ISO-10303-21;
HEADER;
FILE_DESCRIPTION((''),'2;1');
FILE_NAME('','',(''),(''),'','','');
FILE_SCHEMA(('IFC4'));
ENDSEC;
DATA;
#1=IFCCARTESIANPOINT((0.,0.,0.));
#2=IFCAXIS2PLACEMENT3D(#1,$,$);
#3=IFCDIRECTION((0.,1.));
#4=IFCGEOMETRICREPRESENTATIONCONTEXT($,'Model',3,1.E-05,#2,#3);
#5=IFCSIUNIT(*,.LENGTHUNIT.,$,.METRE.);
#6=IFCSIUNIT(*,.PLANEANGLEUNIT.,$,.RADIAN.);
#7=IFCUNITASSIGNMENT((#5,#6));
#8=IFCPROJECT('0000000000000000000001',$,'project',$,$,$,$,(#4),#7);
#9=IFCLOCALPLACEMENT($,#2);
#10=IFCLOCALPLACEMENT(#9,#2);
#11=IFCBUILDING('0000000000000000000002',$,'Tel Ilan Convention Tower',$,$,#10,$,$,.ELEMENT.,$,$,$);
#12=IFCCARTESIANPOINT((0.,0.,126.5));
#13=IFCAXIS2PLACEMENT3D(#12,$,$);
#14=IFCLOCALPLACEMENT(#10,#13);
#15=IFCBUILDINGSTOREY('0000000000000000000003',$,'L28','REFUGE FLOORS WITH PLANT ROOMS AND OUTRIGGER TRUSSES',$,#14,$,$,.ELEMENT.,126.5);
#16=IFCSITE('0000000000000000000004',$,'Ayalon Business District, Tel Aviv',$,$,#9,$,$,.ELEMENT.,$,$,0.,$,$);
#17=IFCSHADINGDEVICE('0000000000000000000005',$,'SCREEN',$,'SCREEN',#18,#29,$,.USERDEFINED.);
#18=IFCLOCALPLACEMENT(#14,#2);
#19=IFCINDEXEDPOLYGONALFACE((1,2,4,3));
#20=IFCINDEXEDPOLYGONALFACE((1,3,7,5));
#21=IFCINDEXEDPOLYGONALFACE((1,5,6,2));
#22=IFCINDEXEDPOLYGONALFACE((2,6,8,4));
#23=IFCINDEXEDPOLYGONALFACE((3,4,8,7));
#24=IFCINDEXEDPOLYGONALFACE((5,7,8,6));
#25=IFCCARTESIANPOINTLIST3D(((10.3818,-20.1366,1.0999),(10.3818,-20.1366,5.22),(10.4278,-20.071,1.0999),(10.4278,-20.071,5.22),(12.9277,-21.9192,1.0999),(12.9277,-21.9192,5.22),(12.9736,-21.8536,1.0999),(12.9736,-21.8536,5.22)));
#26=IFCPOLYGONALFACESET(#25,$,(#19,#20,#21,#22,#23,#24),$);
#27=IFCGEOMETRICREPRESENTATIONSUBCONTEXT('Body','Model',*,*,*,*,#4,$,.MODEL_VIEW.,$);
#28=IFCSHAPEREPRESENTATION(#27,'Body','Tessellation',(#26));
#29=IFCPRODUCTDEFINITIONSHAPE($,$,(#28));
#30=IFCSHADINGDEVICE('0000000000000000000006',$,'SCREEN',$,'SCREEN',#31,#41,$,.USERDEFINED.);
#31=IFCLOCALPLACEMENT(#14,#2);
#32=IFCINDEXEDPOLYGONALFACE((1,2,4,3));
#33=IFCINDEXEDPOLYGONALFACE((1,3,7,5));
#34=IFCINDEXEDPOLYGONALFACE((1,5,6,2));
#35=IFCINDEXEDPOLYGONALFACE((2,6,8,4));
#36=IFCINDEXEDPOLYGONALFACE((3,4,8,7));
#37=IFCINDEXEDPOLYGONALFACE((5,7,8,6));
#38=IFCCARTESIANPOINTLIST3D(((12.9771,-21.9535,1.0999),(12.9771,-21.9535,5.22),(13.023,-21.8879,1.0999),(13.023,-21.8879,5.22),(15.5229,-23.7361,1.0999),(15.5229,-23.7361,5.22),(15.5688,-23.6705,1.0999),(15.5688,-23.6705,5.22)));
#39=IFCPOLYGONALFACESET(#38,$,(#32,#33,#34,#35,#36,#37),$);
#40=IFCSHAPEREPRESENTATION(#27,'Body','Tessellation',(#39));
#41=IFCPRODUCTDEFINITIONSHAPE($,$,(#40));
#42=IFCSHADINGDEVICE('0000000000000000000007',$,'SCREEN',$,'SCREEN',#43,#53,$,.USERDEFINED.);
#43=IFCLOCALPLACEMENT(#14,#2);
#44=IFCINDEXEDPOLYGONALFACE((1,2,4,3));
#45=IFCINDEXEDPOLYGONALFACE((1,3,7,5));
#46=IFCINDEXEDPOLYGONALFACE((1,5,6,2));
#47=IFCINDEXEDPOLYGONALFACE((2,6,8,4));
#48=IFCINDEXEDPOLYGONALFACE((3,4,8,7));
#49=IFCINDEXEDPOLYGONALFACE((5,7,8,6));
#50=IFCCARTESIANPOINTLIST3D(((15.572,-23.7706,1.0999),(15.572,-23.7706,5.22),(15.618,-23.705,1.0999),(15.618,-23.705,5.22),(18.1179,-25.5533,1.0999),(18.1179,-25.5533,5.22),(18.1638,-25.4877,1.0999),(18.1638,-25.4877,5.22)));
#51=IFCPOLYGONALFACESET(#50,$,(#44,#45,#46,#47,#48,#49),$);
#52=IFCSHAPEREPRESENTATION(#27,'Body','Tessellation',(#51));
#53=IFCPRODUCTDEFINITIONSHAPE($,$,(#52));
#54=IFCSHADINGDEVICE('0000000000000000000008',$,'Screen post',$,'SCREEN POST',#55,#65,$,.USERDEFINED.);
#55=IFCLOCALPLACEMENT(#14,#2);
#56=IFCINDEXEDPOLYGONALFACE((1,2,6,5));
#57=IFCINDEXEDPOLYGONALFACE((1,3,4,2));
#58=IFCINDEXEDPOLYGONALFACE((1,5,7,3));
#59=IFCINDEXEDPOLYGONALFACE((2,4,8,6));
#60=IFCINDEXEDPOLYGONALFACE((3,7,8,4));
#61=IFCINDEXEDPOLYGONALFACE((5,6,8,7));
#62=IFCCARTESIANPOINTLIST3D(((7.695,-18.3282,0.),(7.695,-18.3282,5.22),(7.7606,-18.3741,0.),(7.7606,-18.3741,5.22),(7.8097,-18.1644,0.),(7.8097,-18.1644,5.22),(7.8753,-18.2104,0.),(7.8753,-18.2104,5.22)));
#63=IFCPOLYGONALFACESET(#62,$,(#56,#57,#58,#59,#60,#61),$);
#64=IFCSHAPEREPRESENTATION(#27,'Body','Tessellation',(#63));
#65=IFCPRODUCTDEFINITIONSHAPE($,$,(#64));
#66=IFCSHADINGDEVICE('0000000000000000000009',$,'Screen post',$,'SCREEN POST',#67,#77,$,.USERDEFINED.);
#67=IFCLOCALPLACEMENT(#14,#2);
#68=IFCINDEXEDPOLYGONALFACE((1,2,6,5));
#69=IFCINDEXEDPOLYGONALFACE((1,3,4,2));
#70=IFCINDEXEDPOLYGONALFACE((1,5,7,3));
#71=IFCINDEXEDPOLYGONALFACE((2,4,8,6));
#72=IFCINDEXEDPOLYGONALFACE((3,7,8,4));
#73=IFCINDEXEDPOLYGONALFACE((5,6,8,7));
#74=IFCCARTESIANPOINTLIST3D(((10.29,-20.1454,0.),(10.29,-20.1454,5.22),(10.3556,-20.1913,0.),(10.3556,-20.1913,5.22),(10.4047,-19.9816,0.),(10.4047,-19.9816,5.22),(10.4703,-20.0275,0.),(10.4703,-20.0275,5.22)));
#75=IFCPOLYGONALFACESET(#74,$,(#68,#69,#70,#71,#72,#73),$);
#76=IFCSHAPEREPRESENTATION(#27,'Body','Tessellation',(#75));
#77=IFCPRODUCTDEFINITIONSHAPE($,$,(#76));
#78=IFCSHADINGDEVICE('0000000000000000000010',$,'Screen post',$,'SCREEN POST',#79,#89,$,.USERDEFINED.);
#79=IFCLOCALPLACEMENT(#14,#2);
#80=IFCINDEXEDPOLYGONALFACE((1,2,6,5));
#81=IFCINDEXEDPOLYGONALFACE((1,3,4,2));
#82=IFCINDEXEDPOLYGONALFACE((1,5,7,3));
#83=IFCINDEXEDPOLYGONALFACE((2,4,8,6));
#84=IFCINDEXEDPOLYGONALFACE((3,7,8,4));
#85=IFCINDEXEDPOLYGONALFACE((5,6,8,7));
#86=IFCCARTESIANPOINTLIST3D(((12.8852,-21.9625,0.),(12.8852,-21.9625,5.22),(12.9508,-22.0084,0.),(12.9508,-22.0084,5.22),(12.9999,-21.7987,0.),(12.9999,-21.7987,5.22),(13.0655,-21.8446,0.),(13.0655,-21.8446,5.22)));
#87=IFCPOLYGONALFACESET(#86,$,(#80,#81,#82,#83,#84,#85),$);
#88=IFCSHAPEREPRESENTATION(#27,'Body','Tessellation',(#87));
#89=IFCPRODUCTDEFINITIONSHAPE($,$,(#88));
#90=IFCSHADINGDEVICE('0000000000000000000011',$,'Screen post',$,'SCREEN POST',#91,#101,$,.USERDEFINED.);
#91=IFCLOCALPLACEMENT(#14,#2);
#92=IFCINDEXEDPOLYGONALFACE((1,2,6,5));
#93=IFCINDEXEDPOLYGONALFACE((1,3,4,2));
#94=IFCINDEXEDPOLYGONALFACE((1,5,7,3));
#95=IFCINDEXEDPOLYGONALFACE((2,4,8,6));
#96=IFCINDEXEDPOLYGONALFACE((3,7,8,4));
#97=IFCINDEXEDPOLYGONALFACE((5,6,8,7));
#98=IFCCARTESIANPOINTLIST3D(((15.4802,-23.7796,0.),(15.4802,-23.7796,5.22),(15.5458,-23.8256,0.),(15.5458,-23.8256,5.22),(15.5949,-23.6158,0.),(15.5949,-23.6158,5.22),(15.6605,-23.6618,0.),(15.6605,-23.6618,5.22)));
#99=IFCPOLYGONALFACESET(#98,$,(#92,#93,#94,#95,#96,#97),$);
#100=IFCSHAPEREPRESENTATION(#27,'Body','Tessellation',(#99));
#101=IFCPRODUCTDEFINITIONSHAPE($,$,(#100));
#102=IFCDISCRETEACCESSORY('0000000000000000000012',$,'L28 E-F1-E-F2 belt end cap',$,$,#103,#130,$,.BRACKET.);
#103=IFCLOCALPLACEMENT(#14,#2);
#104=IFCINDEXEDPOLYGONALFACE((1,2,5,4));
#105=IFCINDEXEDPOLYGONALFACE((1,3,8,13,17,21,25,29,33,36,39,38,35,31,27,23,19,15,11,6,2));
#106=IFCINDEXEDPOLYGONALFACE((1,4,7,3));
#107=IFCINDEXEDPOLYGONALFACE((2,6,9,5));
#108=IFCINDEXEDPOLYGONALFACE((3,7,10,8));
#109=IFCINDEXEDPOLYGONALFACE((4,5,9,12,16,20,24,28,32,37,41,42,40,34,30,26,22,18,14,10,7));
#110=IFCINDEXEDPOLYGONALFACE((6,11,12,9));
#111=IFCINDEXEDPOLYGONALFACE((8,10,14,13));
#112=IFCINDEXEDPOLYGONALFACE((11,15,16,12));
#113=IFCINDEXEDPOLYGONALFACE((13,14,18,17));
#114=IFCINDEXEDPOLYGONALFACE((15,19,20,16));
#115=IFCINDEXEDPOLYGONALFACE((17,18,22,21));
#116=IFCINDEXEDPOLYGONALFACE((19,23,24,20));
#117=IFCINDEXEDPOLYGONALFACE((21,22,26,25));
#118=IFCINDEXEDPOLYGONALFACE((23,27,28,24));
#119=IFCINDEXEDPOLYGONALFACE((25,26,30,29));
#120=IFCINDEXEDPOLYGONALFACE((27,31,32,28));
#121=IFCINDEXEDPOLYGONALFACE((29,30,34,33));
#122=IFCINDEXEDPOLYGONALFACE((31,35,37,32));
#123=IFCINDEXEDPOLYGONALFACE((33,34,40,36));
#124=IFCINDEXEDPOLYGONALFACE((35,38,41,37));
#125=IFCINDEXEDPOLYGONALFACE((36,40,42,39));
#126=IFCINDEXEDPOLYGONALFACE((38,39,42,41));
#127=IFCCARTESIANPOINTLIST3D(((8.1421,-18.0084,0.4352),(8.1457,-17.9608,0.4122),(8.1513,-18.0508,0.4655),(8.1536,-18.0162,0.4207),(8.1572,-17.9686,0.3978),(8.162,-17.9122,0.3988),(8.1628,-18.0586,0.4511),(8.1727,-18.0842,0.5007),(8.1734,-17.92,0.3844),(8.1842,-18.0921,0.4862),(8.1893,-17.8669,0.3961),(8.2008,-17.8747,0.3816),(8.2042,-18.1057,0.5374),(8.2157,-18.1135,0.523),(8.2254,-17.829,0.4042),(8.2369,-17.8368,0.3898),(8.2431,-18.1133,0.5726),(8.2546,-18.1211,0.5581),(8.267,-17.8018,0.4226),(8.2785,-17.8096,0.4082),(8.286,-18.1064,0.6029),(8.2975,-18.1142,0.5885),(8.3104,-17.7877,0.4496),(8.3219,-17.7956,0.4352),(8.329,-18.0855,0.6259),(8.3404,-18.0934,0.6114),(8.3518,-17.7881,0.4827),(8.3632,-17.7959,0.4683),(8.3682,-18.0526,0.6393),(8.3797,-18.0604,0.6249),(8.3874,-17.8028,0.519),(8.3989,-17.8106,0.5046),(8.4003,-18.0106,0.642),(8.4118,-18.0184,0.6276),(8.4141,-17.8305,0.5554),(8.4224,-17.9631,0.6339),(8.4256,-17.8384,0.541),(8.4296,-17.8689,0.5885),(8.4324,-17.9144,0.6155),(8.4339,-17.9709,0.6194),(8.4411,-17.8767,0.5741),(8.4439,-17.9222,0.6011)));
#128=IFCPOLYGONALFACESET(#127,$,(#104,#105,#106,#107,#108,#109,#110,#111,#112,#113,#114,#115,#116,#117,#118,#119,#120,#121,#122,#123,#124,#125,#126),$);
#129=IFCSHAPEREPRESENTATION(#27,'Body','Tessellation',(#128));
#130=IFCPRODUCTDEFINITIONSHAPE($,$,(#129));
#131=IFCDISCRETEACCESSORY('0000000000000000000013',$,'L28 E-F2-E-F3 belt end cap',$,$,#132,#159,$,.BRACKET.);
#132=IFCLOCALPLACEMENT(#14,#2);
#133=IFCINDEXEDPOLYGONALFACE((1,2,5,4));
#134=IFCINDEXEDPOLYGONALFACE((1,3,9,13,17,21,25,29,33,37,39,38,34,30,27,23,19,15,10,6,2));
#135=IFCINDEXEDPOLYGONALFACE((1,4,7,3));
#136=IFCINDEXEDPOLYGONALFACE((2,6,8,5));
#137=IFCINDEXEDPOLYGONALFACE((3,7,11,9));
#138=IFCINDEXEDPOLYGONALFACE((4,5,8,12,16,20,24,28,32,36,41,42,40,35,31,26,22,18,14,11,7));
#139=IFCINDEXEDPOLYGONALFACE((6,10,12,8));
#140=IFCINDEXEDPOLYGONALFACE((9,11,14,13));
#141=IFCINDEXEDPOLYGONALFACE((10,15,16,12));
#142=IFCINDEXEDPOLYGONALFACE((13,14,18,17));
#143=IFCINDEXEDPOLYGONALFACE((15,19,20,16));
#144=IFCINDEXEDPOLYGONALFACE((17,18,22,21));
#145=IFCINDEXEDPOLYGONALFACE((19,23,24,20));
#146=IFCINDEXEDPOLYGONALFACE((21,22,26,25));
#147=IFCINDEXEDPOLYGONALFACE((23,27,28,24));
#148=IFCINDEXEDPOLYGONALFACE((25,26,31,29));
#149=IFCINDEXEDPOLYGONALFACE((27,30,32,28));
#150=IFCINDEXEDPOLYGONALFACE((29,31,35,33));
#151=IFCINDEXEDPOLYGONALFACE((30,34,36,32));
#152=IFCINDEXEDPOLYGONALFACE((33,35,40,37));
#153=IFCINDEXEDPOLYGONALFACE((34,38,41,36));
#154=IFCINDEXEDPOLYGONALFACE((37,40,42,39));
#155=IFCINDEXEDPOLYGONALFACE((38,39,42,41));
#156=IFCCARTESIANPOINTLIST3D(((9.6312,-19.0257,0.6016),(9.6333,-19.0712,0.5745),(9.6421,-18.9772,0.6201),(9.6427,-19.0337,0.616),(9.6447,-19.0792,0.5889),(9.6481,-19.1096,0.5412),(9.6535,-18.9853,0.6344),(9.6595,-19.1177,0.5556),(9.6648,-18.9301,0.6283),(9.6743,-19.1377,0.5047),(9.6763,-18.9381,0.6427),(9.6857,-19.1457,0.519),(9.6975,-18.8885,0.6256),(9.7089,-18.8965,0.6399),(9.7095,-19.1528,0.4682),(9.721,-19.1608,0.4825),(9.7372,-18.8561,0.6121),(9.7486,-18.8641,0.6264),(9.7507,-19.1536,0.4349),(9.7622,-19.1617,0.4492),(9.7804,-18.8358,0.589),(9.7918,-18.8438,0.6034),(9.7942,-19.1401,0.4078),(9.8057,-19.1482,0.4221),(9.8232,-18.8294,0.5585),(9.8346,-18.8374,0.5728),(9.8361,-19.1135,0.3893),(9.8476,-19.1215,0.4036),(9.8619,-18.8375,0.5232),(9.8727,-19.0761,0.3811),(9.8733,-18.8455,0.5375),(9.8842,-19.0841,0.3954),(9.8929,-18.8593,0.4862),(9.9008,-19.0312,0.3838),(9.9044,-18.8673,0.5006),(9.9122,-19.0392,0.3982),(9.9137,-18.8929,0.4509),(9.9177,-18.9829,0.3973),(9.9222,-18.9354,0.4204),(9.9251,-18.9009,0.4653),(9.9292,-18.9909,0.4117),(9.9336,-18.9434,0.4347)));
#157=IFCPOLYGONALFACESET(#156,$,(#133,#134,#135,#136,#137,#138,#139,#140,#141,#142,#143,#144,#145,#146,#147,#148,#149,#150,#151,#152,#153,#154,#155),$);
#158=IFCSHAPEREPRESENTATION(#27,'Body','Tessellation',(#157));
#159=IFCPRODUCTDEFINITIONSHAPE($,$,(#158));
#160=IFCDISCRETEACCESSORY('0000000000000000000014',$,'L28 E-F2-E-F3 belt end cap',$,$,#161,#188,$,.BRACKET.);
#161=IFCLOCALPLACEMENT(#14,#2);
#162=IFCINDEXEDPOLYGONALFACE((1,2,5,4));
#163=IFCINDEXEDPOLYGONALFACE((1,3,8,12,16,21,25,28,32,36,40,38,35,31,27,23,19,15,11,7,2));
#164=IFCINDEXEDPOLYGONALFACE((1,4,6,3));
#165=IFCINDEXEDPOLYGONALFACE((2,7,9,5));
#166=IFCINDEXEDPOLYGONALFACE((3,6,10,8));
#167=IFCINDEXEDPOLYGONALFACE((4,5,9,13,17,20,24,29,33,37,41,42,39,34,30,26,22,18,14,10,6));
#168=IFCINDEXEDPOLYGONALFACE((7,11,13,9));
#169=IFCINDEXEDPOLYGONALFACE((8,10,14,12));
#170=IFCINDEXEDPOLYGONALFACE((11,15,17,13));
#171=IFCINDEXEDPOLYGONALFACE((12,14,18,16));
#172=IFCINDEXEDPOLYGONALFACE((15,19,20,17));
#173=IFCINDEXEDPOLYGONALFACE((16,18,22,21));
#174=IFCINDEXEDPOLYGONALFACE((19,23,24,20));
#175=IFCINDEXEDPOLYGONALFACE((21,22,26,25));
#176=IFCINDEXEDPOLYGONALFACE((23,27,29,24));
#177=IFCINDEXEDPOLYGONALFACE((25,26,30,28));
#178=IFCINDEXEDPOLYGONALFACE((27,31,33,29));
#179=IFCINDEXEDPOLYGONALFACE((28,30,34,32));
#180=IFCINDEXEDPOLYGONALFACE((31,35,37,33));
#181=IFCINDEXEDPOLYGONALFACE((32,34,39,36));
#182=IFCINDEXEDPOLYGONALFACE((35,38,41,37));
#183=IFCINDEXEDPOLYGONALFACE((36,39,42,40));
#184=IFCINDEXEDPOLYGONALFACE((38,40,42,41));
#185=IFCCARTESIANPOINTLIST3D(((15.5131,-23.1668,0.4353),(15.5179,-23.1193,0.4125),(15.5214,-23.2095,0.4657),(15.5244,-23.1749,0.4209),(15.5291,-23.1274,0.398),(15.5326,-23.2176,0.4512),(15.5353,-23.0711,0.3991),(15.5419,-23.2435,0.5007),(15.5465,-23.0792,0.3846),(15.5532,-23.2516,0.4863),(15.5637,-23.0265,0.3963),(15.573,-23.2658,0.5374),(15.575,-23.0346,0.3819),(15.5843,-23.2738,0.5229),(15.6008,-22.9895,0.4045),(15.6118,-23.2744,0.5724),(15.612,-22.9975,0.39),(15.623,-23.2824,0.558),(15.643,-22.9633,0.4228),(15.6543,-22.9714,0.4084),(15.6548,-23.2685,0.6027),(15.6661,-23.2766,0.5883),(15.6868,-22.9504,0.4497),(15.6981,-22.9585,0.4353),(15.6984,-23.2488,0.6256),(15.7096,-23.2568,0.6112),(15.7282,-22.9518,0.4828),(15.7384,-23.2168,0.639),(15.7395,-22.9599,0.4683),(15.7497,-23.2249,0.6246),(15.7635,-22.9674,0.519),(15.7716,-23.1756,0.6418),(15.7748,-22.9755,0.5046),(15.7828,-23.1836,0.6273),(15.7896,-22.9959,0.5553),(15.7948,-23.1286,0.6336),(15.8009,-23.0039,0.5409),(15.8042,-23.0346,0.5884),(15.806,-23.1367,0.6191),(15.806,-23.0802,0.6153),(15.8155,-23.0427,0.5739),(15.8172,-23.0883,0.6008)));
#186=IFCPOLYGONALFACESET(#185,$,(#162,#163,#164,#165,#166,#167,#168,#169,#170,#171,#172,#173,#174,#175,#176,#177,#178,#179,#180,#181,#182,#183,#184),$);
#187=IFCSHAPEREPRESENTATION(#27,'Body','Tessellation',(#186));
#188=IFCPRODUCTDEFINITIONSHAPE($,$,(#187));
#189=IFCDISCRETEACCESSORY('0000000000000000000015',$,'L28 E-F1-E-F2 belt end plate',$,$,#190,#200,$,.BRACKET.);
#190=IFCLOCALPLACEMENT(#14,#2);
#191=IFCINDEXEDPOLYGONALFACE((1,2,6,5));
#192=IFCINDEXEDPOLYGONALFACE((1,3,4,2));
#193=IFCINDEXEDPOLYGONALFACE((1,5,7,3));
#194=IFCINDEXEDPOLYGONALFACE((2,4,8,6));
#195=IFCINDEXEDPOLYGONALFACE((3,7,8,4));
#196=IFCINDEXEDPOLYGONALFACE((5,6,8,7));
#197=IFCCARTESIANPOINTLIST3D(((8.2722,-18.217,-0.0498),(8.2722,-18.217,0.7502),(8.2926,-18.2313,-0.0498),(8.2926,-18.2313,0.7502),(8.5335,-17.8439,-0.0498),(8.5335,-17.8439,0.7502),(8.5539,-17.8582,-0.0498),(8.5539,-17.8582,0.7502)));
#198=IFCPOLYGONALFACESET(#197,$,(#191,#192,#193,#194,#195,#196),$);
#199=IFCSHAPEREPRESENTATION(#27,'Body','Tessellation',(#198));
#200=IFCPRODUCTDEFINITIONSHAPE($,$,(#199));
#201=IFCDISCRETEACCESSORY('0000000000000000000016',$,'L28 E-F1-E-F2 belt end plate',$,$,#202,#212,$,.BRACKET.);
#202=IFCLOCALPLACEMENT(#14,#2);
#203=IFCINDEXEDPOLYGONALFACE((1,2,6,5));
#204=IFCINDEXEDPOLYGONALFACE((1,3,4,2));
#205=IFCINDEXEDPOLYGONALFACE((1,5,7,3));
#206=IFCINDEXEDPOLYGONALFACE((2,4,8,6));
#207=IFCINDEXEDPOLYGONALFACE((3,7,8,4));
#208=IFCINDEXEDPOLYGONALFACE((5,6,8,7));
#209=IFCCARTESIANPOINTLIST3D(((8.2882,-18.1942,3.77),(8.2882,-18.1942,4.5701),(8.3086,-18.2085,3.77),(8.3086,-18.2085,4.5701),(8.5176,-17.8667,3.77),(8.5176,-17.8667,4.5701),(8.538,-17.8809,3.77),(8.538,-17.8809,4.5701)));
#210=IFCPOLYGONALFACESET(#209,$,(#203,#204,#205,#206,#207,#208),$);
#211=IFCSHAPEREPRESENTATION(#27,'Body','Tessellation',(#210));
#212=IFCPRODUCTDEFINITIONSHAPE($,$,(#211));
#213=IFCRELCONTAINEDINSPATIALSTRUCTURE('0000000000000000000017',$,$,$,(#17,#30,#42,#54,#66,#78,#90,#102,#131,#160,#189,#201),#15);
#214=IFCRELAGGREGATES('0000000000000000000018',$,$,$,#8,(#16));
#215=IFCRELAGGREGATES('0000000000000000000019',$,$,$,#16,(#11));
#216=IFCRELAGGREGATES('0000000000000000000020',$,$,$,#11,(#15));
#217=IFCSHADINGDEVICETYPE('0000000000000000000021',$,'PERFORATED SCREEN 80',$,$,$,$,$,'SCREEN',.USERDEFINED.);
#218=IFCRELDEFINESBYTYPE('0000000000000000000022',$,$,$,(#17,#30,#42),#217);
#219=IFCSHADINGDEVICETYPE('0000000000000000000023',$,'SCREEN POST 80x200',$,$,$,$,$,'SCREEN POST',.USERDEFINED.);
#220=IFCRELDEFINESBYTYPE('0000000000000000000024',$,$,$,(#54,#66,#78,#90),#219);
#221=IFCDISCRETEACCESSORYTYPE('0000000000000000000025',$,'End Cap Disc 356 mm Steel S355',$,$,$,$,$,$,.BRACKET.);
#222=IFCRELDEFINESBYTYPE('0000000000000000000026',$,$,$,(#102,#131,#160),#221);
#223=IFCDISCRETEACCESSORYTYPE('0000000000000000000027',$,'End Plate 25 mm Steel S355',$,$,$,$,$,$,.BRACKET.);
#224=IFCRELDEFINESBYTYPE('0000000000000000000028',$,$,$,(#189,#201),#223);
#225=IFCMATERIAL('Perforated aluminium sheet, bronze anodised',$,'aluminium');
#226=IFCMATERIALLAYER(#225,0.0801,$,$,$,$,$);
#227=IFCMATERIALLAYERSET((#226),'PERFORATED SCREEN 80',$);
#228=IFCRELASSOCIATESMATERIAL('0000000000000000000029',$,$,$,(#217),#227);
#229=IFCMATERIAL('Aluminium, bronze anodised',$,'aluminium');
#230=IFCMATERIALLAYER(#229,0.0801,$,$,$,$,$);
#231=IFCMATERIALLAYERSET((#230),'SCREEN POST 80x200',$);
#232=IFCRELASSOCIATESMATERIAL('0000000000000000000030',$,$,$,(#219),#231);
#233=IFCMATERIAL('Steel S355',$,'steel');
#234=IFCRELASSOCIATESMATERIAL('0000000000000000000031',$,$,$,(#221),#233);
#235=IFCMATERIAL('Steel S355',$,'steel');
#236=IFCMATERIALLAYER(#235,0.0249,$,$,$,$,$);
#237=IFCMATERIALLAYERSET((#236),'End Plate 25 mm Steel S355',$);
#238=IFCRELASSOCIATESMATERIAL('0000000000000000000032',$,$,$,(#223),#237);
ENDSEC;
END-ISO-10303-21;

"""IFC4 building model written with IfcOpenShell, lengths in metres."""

from ifc_helpers import new_model, si_unit, direction, frame, origin, origin_2d, place, context, subcontext, project, spatial, rectangle, circle, extrude, material, layer, layer_set, material_profile, profile_set, type_object, element, save


model = new_model("IFC4")

# Units and contexts
model_context = context("Model", 3, precision=1e-05, world=origin(), true_north=direction((0.0, 1.0)))
body_context = subcontext(model_context, "Body", "Model", "MODEL_VIEW")
ifc_project = project(units=[si_unit("LENGTHUNIT", "METRE"), si_unit("PLANEANGLEUNIT", "RADIAN")], contexts=[model_context])

# Site, building, storey
site_placement = place(None, origin())
site = spatial("IfcSite", under=ifc_project, at=site_placement, Name="Ayalon Business District, Tel Aviv", CompositionType="ELEMENT", RefElevation=0.0)
building_placement = place(site_placement, origin())
building = spatial("IfcBuilding", under=site, at=building_placement, Name="Tel Ilan Convention Tower", CompositionType="ELEMENT")
storey_placement = place(building_placement, frame((0.0, 0.0, 126.5)))
storey = spatial("IfcBuildingStorey", under=building, at=storey_placement, Name="L28", Description="REFUGE FLOORS WITH PLANT ROOMS AND OUTRIGGER TRUSSES", CompositionType="ELEMENT", Elevation=126.5)

# Shading devices
ifc_material_1 = material(Name="Perforated aluminium sheet, bronze anodised", Category="aluminium")
ifc_layer_1 = layer(ifc_material_1, 0.0801)
ifc_layer_set_1 = layer_set([ifc_layer_1], Name="PERFORATED SCREEN 80")
shading_device_type_1 = type_object("IfcShadingDeviceType", Name="PERFORATED SCREEN 80", ElementType="SCREEN", PredefinedType="USERDEFINED", material=ifc_layer_set_1)
for number, where, z_axis, x_axis, name in (
    (1, (11.6777, -20.9951, 1.0999), (0.0, 0.0, 1.0), (0.819152, -0.573576, 0.0), "SCREEN"),
    (2, (14.2729, -22.812, 1.0999), (0.0, 0.0, 1.0), (0.819152, -0.573576, 0.0), "SCREEN"),
    (3, (16.8679, -24.6292, 1.0999), (0.0, 0.0, 1.0), (0.819152, -0.573576, 0.0), "SCREEN"),
):
    element("IfcShadingDevice", number, at=place(storey_placement, frame(where, z_axis=z_axis, x_axis=x_axis)), inside=storey, type_object=shading_device_type_1, Name=name, ObjectType="SCREEN", PredefinedType="USERDEFINED", context=body_context, shape_type="SweptSolid", body=[
        extrude(rectangle(XDim=3.1079, YDim=0.0801, at=origin_2d()), origin(), (0.0, 0.0, 1.0), 4.1201),
    ])
ifc_material_2 = material(Name="Aluminium, bronze anodised", Category="aluminium")
ifc_layer_2 = layer(ifc_material_2, 0.0801)
ifc_layer_set_2 = layer_set([ifc_layer_2], Name="SCREEN POST 80x200")
shading_device_type_2 = type_object("IfcShadingDeviceType", Name="SCREEN POST 80x200", ElementType="SCREEN POST", PredefinedType="USERDEFINED", material=ifc_layer_set_2)
for number, where, z_axis, x_axis, name in (
    (4, (7.7852, -18.2693, 0.0), (0.0, 0.0, 1.0), (0.819152, -0.573576, 0.0), "Screen post"),
    (5, (10.3801, -20.0864, 0.0), (0.0, 0.0, 1.0), (0.819152, -0.573576, 0.0), "Screen post"),
    (6, (12.9753, -21.9036, 0.0), (0.0, 0.0, 1.0), (0.819152, -0.573576, 0.0), "Screen post"),
    (7, (15.5703, -23.7207, 0.0), (0.0, 0.0, 1.0), (0.819152, -0.573576, 0.0), "Screen post"),
):
    element("IfcShadingDevice", number, at=place(storey_placement, frame(where, z_axis=z_axis, x_axis=x_axis)), inside=storey, type_object=shading_device_type_2, Name=name, ObjectType="SCREEN POST", PredefinedType="USERDEFINED", context=body_context, shape_type="SweptSolid", body=[
        extrude(rectangle(XDim=0.0801, YDim=0.2, at=origin_2d()), origin(), (0.0, 0.0, 1.0), 5.22),
    ])

# Discrete accessories
ifc_material_3 = material(Name="Steel S355", Category="steel")
ifc_material_profile_1 = material_profile(ifc_material_3, circle(Radius=0.1777, at=origin_2d()), Name="End Cap Disc 356 mm Steel S355")
ifc_profile_set_1 = profile_set([ifc_material_profile_1], Name="Steel S355")
discrete_accessory_type_1 = type_object("IfcDiscreteAccessoryType", Name="End Cap Disc 356 mm Steel S355", PredefinedType="BRACKET", material=ifc_profile_set_1)
for number, where, z_axis, x_axis, name in (
    (8, (8.2874, -17.9497, 0.519), (0.573597, -0.390534, -0.720048), (0.562791, 0.826599, 0.0), "L28 E-F1-E-F2 belt end cap"),
    (9, (9.7878, -19.0002, 0.519), (-0.570841, 0.400803, -0.716587), (-0.57463, -0.818413, 0.0), "L28 E-F2-E-F3 belt end cap"),
    (10, (15.6599, -23.1118, 0.519), (0.562568, -0.403581, -0.721554), (0.582908, 0.812538, 0.0), "L28 E-F2-E-F3 belt end cap"),
):
    element("IfcDiscreteAccessory", number, at=place(storey_placement, frame(where, z_axis=z_axis, x_axis=x_axis)), inside=storey, type_object=discrete_accessory_type_1, Name=name, PredefinedType="BRACKET", context=body_context, shape_type="SweptSolid", body=[
        extrude(circle(Radius=0.1777, at=origin_2d()), origin(), (0.0, 0.0, 1.0), 0.02),
    ])
ifc_material_4 = material(Name="Steel S355", Category="steel")
ifc_layer_3 = layer(ifc_material_4, 0.0249)
ifc_layer_set_3 = layer_set([ifc_layer_3], Name="End Plate 25 mm Steel S355")
discrete_accessory_type_2 = type_object("IfcDiscreteAccessoryType", Name="End Plate 25 mm Steel S355", PredefinedType="BRACKET", material=ifc_layer_set_3)
discrete_accessory_1_placement = place(storey_placement, frame((8.4131, -18.0376, -0.0498), z_axis=(0.0, 0.0, 1.0), x_axis=(0.819152, -0.573576, 0.0)))
element("IfcDiscreteAccessory", 11, at=discrete_accessory_1_placement, inside=storey, type_object=discrete_accessory_type_2, Name="L28 E-F1-E-F2 belt end plate", PredefinedType="BRACKET", context=body_context, shape_type="SweptSolid", body=[
    extrude(rectangle(XDim=0.0249, YDim=0.4556, at=origin_2d()), origin(), (0.0, 0.0, 1.0), 0.8),
])
discrete_accessory_2_placement = place(storey_placement, frame((8.4131, -18.0376, 3.77), z_axis=(0.0, 0.0, 1.0), x_axis=(0.819152, -0.573576, 0.0)))
element("IfcDiscreteAccessory", 12, at=discrete_accessory_2_placement, inside=storey, type_object=discrete_accessory_type_2, Name="L28 E-F1-E-F2 belt end plate", PredefinedType="BRACKET", context=body_context, shape_type="SweptSolid", body=[
    extrude(rectangle(XDim=0.0249, YDim=0.3999, at=origin_2d()), origin(), (0.0, 0.0, 1.0), 0.8),
])

save(model, "model.ifc")
